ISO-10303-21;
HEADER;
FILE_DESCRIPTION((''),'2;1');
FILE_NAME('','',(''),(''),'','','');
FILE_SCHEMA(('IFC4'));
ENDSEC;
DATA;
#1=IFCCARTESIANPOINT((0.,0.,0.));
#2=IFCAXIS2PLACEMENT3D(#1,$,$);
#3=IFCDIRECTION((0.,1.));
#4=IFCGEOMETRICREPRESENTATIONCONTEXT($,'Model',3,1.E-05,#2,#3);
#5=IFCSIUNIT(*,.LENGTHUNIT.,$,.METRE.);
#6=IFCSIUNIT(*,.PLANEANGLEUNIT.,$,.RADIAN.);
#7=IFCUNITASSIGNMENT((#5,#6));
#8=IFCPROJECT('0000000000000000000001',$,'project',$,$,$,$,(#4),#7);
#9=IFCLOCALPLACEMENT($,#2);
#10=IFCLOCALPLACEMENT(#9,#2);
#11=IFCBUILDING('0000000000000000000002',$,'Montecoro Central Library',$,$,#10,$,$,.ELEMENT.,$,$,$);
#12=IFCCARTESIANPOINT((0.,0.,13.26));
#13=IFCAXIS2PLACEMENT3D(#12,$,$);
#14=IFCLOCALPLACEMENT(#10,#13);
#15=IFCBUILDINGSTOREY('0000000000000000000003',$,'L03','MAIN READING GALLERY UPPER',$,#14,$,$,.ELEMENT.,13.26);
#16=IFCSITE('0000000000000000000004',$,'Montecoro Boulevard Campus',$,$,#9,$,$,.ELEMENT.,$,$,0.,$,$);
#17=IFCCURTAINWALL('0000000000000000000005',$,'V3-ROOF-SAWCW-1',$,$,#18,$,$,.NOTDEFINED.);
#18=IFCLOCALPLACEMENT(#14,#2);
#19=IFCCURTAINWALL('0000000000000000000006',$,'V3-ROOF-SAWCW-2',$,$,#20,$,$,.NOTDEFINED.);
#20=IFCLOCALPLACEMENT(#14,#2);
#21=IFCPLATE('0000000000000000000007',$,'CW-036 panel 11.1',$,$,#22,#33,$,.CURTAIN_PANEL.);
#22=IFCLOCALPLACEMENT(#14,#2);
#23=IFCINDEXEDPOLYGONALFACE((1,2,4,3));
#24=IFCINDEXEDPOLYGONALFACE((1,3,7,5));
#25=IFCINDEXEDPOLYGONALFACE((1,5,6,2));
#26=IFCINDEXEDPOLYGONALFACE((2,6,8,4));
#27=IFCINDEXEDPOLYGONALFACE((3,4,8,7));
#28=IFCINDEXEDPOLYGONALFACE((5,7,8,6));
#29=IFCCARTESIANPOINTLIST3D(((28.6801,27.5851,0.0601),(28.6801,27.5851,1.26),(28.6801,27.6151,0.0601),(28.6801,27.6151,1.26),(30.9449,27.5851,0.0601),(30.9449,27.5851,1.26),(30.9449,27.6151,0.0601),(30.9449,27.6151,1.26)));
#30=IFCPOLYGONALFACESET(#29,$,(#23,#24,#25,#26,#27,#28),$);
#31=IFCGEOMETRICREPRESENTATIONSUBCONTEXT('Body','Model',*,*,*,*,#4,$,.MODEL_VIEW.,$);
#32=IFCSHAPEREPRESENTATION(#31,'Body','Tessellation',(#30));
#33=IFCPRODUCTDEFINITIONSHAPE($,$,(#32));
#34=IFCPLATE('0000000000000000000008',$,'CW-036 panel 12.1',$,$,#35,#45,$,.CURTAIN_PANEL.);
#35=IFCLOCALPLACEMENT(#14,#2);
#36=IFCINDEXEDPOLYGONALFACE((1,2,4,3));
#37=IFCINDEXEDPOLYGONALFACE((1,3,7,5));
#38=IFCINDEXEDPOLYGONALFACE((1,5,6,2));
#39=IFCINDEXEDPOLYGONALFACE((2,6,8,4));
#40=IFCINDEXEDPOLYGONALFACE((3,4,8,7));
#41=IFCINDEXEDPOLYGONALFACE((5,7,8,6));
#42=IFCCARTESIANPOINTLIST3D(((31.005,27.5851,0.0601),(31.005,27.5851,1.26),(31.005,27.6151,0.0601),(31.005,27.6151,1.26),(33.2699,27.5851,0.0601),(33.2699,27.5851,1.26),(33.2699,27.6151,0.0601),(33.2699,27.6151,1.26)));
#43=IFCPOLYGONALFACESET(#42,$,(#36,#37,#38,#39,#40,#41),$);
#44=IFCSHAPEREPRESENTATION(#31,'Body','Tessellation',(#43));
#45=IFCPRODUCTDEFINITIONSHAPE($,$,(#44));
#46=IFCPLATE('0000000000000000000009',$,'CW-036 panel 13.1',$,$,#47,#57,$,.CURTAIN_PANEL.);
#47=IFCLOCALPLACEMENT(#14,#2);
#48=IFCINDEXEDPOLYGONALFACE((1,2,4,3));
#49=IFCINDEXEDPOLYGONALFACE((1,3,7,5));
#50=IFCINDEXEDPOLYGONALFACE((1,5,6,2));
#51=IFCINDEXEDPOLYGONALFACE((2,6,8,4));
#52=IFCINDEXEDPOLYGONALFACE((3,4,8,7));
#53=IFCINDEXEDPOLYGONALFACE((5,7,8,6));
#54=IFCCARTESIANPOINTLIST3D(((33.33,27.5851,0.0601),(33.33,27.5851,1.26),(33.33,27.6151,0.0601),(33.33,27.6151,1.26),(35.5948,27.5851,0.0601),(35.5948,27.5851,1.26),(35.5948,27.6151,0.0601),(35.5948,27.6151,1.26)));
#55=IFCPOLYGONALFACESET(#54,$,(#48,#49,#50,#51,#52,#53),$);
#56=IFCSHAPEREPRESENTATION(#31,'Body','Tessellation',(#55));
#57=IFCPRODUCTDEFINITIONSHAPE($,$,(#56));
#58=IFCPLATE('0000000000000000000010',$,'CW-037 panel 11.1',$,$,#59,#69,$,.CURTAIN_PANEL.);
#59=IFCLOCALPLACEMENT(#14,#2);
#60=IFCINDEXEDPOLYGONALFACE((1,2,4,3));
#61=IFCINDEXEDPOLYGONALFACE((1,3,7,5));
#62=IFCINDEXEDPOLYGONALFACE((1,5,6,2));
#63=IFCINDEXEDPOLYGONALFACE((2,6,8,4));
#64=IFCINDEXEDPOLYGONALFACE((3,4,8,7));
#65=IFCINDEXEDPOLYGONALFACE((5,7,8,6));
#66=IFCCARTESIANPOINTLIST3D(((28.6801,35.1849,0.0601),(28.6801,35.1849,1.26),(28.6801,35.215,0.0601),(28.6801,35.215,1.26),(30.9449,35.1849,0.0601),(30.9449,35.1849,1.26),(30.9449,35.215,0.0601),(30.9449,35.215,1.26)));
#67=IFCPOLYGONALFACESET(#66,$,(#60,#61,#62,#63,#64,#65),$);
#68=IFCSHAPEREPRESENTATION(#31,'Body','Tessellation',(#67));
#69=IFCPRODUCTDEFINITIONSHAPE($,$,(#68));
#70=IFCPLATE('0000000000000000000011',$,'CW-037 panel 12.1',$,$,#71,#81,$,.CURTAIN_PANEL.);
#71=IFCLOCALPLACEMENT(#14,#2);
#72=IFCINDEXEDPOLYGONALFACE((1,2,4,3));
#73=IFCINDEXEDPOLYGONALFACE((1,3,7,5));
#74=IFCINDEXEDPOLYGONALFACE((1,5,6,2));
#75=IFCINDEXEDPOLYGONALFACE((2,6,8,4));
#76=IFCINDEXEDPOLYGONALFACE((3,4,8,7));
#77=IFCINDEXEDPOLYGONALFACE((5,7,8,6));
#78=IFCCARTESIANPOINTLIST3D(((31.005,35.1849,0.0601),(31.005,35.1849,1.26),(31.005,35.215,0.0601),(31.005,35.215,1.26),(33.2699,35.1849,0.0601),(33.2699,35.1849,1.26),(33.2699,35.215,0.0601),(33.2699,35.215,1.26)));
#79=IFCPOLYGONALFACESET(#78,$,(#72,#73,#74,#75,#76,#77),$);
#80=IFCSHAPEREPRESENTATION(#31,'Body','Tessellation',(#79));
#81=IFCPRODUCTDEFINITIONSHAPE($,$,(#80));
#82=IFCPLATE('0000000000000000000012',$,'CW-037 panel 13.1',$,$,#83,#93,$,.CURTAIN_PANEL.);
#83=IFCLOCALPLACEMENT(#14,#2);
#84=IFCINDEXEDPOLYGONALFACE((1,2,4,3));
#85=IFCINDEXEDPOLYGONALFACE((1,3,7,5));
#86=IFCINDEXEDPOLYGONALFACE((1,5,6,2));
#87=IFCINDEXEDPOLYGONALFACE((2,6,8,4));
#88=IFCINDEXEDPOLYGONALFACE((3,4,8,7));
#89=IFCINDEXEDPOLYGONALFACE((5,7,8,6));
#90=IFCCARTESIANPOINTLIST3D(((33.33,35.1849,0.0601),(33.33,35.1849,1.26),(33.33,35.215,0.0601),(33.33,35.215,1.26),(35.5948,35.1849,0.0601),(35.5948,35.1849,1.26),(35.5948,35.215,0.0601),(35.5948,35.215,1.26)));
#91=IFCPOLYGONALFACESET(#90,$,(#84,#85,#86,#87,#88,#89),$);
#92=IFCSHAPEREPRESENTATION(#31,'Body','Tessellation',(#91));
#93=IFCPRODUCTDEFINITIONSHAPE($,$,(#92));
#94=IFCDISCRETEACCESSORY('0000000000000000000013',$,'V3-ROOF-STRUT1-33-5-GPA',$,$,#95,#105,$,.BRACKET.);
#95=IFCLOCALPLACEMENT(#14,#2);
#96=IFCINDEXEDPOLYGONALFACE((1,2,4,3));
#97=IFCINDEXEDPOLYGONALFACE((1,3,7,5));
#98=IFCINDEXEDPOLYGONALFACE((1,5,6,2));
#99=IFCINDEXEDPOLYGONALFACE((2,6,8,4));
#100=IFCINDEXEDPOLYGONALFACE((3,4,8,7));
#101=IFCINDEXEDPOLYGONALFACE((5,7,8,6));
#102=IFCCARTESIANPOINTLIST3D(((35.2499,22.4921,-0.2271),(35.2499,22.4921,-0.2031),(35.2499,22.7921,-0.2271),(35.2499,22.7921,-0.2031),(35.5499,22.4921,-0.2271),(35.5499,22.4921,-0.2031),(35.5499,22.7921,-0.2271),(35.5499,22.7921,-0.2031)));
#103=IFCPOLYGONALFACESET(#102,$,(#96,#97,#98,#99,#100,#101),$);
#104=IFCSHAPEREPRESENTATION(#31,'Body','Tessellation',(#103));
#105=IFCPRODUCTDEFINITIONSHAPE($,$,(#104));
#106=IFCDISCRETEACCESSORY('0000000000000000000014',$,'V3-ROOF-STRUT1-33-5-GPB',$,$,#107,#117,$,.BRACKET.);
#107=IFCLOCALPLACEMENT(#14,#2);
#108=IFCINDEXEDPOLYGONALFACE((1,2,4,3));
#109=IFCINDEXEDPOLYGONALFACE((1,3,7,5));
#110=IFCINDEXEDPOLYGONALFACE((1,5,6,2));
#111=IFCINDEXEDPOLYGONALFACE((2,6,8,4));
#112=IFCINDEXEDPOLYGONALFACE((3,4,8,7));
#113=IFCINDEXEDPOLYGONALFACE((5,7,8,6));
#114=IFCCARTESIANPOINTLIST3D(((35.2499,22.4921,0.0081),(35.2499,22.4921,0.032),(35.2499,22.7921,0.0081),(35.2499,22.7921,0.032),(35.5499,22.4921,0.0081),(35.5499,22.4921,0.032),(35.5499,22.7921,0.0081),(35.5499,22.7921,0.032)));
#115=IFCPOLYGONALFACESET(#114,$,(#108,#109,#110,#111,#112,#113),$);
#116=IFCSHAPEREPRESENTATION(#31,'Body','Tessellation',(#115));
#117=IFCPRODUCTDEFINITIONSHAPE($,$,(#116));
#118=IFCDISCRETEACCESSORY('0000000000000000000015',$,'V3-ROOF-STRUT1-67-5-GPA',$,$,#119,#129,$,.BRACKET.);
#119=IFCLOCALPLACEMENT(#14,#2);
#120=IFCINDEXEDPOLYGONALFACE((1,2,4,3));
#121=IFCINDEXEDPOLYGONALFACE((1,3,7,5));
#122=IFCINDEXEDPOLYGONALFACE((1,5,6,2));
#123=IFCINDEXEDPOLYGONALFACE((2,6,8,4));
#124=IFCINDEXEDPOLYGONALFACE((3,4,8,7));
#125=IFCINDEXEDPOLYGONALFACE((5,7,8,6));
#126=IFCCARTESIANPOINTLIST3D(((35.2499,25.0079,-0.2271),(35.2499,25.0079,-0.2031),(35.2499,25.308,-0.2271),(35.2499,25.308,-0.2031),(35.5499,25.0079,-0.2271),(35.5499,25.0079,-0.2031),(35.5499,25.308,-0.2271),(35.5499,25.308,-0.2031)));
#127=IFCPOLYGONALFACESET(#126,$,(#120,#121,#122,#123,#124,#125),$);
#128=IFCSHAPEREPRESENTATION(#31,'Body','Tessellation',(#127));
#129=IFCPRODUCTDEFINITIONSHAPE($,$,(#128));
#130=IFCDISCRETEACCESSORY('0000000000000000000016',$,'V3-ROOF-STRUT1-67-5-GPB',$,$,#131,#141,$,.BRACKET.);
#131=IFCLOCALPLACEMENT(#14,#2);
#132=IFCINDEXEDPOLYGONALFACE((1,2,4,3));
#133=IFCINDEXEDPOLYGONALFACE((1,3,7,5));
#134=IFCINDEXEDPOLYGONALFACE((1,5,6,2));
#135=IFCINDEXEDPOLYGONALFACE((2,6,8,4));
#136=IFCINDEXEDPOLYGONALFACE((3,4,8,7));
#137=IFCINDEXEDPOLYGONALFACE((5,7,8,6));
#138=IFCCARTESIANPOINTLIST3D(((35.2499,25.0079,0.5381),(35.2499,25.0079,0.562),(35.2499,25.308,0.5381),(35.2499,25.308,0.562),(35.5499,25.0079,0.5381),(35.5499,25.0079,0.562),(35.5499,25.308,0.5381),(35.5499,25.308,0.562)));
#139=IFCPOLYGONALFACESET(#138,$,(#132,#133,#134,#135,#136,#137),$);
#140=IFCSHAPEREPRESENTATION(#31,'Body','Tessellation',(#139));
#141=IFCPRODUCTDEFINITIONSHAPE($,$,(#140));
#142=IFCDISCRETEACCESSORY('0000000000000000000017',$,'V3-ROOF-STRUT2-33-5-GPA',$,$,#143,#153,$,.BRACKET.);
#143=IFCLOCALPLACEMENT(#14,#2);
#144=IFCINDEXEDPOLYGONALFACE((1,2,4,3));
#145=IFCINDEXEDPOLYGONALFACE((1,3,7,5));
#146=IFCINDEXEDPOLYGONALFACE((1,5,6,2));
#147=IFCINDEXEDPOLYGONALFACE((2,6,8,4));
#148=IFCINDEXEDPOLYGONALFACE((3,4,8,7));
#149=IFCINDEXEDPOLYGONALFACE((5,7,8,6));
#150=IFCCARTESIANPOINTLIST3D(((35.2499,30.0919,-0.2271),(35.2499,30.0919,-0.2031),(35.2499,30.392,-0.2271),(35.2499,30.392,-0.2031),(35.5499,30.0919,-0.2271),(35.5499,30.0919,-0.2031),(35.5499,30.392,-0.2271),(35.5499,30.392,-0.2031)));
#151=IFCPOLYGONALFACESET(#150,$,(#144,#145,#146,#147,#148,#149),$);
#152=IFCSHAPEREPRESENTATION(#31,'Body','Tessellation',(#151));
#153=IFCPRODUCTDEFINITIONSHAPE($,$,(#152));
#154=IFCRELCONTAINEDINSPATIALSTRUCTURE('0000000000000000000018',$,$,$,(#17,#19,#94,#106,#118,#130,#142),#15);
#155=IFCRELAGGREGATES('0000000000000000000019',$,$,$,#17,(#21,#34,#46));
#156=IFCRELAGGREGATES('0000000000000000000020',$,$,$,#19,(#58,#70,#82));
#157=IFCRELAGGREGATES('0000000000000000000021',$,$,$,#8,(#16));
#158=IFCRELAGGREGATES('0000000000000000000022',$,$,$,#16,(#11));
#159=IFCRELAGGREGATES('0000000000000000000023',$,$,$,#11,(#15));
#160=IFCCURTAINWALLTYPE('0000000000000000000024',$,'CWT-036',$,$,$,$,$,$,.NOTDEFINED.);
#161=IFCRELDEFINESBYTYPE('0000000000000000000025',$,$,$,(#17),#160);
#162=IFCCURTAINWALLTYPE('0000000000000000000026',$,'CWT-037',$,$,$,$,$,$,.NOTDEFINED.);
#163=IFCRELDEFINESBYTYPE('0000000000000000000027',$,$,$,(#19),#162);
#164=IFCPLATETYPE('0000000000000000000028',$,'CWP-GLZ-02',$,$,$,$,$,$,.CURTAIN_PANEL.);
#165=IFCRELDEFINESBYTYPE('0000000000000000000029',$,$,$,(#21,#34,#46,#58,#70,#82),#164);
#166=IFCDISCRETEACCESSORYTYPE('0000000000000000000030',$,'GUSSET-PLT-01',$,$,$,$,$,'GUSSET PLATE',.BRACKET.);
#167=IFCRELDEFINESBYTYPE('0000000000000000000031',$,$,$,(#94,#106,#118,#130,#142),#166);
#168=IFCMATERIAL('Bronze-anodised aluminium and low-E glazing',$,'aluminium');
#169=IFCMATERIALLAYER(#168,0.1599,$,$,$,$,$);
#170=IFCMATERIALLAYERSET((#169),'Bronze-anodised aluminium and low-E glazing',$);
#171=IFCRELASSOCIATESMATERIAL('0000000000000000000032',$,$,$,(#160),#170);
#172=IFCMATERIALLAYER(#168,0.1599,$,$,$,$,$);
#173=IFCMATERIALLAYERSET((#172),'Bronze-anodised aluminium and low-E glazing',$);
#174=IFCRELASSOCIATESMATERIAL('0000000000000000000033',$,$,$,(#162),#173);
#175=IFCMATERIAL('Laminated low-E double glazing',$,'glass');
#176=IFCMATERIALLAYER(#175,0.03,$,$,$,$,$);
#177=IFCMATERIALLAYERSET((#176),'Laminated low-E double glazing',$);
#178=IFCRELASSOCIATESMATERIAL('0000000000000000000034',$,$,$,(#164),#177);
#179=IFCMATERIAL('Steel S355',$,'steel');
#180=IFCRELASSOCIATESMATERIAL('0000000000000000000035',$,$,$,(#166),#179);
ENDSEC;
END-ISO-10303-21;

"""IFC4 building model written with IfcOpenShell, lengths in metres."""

from ifc_helpers import new_model, si_unit, direction, frame, origin, origin_2d, place, context, subcontext, project, spatial, rectangle, extrude, material, layer, layer_set, type_object, element, aggregate, save


model = new_model("IFC4")

# Units and contexts
model_context = context("Model", 3, precision=1e-05, world=origin(), true_north=direction((0.0, 1.0)))
body_context = subcontext(model_context, "Body", "Model", "MODEL_VIEW")
ifc_project = project(units=[si_unit("LENGTHUNIT", "METRE"), si_unit("PLANEANGLEUNIT", "RADIAN")], contexts=[model_context])

# Site, building, storey
site_placement = place(None, origin())
site = spatial("IfcSite", under=ifc_project, at=site_placement, Name="Montecoro Boulevard Campus", CompositionType="ELEMENT", RefElevation=0.0)
building_placement = place(site_placement, origin())
building = spatial("IfcBuilding", under=site, at=building_placement, Name="Montecoro Central Library", CompositionType="ELEMENT")
storey_placement = place(building_placement, frame((0.0, 0.0, 13.26)))
storey = spatial("IfcBuildingStorey", under=building, at=storey_placement, Name="L03", Description="MAIN READING GALLERY UPPER", CompositionType="ELEMENT", Elevation=13.26)

# Curtain walls
ifc_material_1 = material(Name="Bronze-anodised aluminium and low-E glazing", Category="aluminium")
ifc_layer_1 = layer(ifc_material_1, 0.1599)
ifc_layer_set_1 = layer_set([ifc_layer_1], Name="Bronze-anodised aluminium and low-E glazing")
curtain_wall_type_1 = type_object("IfcCurtainWallType", Name="CWT-036", PredefinedType="NOTDEFINED", material=ifc_layer_set_1)
curtain_wall_1_placement = place(storey_placement, origin())
curtain_wall_1 = element("IfcCurtainWall", 1, at=curtain_wall_1_placement, inside=storey, type_object=curtain_wall_type_1, Name="V3-ROOF-SAWCW-1", PredefinedType="NOTDEFINED")
ifc_layer_2 = layer(ifc_material_1, 0.1599)
ifc_layer_set_2 = layer_set([ifc_layer_2], Name="Bronze-anodised aluminium and low-E glazing")
curtain_wall_type_2 = type_object("IfcCurtainWallType", Name="CWT-037", PredefinedType="NOTDEFINED", material=ifc_layer_set_2)
curtain_wall_2_placement = place(storey_placement, origin())
curtain_wall_2 = element("IfcCurtainWall", 2, at=curtain_wall_2_placement, inside=storey, type_object=curtain_wall_type_2, Name="V3-ROOF-SAWCW-2", PredefinedType="NOTDEFINED")

# Shared definitions
ifc_material_2 = material(Name="Steel S355", Category="steel")

# Plates
ifc_material_3 = material(Name="Laminated low-E double glazing", Category="glass")
ifc_layer_3 = layer(ifc_material_3, 0.03)
ifc_layer_set_3 = layer_set([ifc_layer_3], Name="Laminated low-E double glazing")
plate_type = type_object("IfcPlateType", Name="CWP-GLZ-02", PredefinedType="CURTAIN_PANEL", material=ifc_layer_set_3)
plate_1_placement = place(storey_placement, frame((29.8125, 27.6001, 0.0601), z_axis=(0.0, 0.0, 1.0), x_axis=(1.0, 0.0, 0.0)))
plate_1 = element("IfcPlate", 3, at=plate_1_placement, type_object=plate_type, Name="CW-036 panel 11.1", PredefinedType="CURTAIN_PANEL", context=body_context, shape_type="SweptSolid", body=[
    extrude(rectangle(XDim=2.2649, YDim=0.03, at=origin_2d()), origin(), (0.0, 0.0, 1.0), 1.2),
])
plate_2_placement = place(storey_placement, frame((32.1375, 27.6001, 0.0601), z_axis=(0.0, 0.0, 1.0), x_axis=(1.0, 0.0, 0.0)))
plate_2 = element("IfcPlate", 4, at=plate_2_placement, type_object=plate_type, Name="CW-036 panel 12.1", PredefinedType="CURTAIN_PANEL", context=body_context, shape_type="SweptSolid", body=[
    extrude(rectangle(XDim=2.2649, YDim=0.03, at=origin_2d()), origin(), (0.0, 0.0, 1.0), 1.2),
])
plate_3_placement = place(storey_placement, frame((34.4624, 27.6001, 0.0601), z_axis=(0.0, 0.0, 1.0), x_axis=(1.0, 0.0, 0.0)))
plate_3 = element("IfcPlate", 5, at=plate_3_placement, type_object=plate_type, Name="CW-036 panel 13.1", PredefinedType="CURTAIN_PANEL", context=body_context, shape_type="SweptSolid", body=[
    extrude(rectangle(XDim=2.2649, YDim=0.03, at=origin_2d()), origin(), (0.0, 0.0, 1.0), 1.2),
])
aggregate(curtain_wall_1, [plate_1, plate_2, plate_3])
plate_4_placement = place(storey_placement, frame((29.8125, 35.2, 0.0601), z_axis=(0.0, 0.0, 1.0), x_axis=(1.0, 0.0, 0.0)))
plate_4 = element("IfcPlate", 6, at=plate_4_placement, type_object=plate_type, Name="CW-037 panel 11.1", PredefinedType="CURTAIN_PANEL", context=body_context, shape_type="SweptSolid", body=[
    extrude(rectangle(XDim=2.2649, YDim=0.03, at=origin_2d()), origin(), (0.0, 0.0, 1.0), 1.2),
])
plate_5_placement = place(storey_placement, frame((32.1375, 35.2, 0.0601), z_axis=(0.0, 0.0, 1.0), x_axis=(1.0, 0.0, 0.0)))
plate_5 = element("IfcPlate", 7, at=plate_5_placement, type_object=plate_type, Name="CW-037 panel 12.1", PredefinedType="CURTAIN_PANEL", context=body_context, shape_type="SweptSolid", body=[
    extrude(rectangle(XDim=2.2649, YDim=0.03, at=origin_2d()), origin(), (0.0, 0.0, 1.0), 1.2),
])
plate_6_placement = place(storey_placement, frame((34.4624, 35.2, 0.0601), z_axis=(0.0, 0.0, 1.0), x_axis=(1.0, 0.0, 0.0)))
plate_6 = element("IfcPlate", 8, at=plate_6_placement, type_object=plate_type, Name="CW-037 panel 13.1", PredefinedType="CURTAIN_PANEL", context=body_context, shape_type="SweptSolid", body=[
    extrude(rectangle(XDim=2.2649, YDim=0.03, at=origin_2d()), origin(), (0.0, 0.0, 1.0), 1.2),
])
aggregate(curtain_wall_2, [plate_4, plate_5, plate_6])

# Discrete accessories
discrete_accessory_type = type_object("IfcDiscreteAccessoryType", Name="GUSSET-PLT-01", ElementType="GUSSET PLATE", PredefinedType="BRACKET", material=ifc_material_2)
for number, where, z_axis, x_axis, name in (
    (9, (35.3999, 22.6421, -0.2271), (0.0, 0.0, 1.0), (1.0, 0.0, 0.0), "V3-ROOF-STRUT1-33-5-GPA"),
    (10, (35.3999, 22.6421, 0.0081), (0.0, 0.0, 1.0), (1.0, 0.0, 0.0), "V3-ROOF-STRUT1-33-5-GPB"),
    (11, (35.3999, 25.158, -0.2271), (0.0, 0.0, 1.0), (1.0, 0.0, 0.0), "V3-ROOF-STRUT1-67-5-GPA"),
    (12, (35.3999, 25.158, 0.5381), (0.0, 0.0, 1.0), (1.0, 0.0, 0.0), "V3-ROOF-STRUT1-67-5-GPB"),
    (13, (35.3999, 30.2419, -0.2271), (0.0, 0.0, 1.0), (1.0, 0.0, 0.0), "V3-ROOF-STRUT2-33-5-GPA"),
):
    element("IfcDiscreteAccessory", number, at=place(storey_placement, frame(where, z_axis=z_axis, x_axis=x_axis)), inside=storey, type_object=discrete_accessory_type, Name=name, PredefinedType="BRACKET", context=body_context, shape_type="SweptSolid", body=[
        extrude(rectangle(XDim=0.3, YDim=0.3, at=origin_2d()), origin(), (0.0, 0.0, 1.0), 0.0239),
    ])

save(model, "model.ifc")
